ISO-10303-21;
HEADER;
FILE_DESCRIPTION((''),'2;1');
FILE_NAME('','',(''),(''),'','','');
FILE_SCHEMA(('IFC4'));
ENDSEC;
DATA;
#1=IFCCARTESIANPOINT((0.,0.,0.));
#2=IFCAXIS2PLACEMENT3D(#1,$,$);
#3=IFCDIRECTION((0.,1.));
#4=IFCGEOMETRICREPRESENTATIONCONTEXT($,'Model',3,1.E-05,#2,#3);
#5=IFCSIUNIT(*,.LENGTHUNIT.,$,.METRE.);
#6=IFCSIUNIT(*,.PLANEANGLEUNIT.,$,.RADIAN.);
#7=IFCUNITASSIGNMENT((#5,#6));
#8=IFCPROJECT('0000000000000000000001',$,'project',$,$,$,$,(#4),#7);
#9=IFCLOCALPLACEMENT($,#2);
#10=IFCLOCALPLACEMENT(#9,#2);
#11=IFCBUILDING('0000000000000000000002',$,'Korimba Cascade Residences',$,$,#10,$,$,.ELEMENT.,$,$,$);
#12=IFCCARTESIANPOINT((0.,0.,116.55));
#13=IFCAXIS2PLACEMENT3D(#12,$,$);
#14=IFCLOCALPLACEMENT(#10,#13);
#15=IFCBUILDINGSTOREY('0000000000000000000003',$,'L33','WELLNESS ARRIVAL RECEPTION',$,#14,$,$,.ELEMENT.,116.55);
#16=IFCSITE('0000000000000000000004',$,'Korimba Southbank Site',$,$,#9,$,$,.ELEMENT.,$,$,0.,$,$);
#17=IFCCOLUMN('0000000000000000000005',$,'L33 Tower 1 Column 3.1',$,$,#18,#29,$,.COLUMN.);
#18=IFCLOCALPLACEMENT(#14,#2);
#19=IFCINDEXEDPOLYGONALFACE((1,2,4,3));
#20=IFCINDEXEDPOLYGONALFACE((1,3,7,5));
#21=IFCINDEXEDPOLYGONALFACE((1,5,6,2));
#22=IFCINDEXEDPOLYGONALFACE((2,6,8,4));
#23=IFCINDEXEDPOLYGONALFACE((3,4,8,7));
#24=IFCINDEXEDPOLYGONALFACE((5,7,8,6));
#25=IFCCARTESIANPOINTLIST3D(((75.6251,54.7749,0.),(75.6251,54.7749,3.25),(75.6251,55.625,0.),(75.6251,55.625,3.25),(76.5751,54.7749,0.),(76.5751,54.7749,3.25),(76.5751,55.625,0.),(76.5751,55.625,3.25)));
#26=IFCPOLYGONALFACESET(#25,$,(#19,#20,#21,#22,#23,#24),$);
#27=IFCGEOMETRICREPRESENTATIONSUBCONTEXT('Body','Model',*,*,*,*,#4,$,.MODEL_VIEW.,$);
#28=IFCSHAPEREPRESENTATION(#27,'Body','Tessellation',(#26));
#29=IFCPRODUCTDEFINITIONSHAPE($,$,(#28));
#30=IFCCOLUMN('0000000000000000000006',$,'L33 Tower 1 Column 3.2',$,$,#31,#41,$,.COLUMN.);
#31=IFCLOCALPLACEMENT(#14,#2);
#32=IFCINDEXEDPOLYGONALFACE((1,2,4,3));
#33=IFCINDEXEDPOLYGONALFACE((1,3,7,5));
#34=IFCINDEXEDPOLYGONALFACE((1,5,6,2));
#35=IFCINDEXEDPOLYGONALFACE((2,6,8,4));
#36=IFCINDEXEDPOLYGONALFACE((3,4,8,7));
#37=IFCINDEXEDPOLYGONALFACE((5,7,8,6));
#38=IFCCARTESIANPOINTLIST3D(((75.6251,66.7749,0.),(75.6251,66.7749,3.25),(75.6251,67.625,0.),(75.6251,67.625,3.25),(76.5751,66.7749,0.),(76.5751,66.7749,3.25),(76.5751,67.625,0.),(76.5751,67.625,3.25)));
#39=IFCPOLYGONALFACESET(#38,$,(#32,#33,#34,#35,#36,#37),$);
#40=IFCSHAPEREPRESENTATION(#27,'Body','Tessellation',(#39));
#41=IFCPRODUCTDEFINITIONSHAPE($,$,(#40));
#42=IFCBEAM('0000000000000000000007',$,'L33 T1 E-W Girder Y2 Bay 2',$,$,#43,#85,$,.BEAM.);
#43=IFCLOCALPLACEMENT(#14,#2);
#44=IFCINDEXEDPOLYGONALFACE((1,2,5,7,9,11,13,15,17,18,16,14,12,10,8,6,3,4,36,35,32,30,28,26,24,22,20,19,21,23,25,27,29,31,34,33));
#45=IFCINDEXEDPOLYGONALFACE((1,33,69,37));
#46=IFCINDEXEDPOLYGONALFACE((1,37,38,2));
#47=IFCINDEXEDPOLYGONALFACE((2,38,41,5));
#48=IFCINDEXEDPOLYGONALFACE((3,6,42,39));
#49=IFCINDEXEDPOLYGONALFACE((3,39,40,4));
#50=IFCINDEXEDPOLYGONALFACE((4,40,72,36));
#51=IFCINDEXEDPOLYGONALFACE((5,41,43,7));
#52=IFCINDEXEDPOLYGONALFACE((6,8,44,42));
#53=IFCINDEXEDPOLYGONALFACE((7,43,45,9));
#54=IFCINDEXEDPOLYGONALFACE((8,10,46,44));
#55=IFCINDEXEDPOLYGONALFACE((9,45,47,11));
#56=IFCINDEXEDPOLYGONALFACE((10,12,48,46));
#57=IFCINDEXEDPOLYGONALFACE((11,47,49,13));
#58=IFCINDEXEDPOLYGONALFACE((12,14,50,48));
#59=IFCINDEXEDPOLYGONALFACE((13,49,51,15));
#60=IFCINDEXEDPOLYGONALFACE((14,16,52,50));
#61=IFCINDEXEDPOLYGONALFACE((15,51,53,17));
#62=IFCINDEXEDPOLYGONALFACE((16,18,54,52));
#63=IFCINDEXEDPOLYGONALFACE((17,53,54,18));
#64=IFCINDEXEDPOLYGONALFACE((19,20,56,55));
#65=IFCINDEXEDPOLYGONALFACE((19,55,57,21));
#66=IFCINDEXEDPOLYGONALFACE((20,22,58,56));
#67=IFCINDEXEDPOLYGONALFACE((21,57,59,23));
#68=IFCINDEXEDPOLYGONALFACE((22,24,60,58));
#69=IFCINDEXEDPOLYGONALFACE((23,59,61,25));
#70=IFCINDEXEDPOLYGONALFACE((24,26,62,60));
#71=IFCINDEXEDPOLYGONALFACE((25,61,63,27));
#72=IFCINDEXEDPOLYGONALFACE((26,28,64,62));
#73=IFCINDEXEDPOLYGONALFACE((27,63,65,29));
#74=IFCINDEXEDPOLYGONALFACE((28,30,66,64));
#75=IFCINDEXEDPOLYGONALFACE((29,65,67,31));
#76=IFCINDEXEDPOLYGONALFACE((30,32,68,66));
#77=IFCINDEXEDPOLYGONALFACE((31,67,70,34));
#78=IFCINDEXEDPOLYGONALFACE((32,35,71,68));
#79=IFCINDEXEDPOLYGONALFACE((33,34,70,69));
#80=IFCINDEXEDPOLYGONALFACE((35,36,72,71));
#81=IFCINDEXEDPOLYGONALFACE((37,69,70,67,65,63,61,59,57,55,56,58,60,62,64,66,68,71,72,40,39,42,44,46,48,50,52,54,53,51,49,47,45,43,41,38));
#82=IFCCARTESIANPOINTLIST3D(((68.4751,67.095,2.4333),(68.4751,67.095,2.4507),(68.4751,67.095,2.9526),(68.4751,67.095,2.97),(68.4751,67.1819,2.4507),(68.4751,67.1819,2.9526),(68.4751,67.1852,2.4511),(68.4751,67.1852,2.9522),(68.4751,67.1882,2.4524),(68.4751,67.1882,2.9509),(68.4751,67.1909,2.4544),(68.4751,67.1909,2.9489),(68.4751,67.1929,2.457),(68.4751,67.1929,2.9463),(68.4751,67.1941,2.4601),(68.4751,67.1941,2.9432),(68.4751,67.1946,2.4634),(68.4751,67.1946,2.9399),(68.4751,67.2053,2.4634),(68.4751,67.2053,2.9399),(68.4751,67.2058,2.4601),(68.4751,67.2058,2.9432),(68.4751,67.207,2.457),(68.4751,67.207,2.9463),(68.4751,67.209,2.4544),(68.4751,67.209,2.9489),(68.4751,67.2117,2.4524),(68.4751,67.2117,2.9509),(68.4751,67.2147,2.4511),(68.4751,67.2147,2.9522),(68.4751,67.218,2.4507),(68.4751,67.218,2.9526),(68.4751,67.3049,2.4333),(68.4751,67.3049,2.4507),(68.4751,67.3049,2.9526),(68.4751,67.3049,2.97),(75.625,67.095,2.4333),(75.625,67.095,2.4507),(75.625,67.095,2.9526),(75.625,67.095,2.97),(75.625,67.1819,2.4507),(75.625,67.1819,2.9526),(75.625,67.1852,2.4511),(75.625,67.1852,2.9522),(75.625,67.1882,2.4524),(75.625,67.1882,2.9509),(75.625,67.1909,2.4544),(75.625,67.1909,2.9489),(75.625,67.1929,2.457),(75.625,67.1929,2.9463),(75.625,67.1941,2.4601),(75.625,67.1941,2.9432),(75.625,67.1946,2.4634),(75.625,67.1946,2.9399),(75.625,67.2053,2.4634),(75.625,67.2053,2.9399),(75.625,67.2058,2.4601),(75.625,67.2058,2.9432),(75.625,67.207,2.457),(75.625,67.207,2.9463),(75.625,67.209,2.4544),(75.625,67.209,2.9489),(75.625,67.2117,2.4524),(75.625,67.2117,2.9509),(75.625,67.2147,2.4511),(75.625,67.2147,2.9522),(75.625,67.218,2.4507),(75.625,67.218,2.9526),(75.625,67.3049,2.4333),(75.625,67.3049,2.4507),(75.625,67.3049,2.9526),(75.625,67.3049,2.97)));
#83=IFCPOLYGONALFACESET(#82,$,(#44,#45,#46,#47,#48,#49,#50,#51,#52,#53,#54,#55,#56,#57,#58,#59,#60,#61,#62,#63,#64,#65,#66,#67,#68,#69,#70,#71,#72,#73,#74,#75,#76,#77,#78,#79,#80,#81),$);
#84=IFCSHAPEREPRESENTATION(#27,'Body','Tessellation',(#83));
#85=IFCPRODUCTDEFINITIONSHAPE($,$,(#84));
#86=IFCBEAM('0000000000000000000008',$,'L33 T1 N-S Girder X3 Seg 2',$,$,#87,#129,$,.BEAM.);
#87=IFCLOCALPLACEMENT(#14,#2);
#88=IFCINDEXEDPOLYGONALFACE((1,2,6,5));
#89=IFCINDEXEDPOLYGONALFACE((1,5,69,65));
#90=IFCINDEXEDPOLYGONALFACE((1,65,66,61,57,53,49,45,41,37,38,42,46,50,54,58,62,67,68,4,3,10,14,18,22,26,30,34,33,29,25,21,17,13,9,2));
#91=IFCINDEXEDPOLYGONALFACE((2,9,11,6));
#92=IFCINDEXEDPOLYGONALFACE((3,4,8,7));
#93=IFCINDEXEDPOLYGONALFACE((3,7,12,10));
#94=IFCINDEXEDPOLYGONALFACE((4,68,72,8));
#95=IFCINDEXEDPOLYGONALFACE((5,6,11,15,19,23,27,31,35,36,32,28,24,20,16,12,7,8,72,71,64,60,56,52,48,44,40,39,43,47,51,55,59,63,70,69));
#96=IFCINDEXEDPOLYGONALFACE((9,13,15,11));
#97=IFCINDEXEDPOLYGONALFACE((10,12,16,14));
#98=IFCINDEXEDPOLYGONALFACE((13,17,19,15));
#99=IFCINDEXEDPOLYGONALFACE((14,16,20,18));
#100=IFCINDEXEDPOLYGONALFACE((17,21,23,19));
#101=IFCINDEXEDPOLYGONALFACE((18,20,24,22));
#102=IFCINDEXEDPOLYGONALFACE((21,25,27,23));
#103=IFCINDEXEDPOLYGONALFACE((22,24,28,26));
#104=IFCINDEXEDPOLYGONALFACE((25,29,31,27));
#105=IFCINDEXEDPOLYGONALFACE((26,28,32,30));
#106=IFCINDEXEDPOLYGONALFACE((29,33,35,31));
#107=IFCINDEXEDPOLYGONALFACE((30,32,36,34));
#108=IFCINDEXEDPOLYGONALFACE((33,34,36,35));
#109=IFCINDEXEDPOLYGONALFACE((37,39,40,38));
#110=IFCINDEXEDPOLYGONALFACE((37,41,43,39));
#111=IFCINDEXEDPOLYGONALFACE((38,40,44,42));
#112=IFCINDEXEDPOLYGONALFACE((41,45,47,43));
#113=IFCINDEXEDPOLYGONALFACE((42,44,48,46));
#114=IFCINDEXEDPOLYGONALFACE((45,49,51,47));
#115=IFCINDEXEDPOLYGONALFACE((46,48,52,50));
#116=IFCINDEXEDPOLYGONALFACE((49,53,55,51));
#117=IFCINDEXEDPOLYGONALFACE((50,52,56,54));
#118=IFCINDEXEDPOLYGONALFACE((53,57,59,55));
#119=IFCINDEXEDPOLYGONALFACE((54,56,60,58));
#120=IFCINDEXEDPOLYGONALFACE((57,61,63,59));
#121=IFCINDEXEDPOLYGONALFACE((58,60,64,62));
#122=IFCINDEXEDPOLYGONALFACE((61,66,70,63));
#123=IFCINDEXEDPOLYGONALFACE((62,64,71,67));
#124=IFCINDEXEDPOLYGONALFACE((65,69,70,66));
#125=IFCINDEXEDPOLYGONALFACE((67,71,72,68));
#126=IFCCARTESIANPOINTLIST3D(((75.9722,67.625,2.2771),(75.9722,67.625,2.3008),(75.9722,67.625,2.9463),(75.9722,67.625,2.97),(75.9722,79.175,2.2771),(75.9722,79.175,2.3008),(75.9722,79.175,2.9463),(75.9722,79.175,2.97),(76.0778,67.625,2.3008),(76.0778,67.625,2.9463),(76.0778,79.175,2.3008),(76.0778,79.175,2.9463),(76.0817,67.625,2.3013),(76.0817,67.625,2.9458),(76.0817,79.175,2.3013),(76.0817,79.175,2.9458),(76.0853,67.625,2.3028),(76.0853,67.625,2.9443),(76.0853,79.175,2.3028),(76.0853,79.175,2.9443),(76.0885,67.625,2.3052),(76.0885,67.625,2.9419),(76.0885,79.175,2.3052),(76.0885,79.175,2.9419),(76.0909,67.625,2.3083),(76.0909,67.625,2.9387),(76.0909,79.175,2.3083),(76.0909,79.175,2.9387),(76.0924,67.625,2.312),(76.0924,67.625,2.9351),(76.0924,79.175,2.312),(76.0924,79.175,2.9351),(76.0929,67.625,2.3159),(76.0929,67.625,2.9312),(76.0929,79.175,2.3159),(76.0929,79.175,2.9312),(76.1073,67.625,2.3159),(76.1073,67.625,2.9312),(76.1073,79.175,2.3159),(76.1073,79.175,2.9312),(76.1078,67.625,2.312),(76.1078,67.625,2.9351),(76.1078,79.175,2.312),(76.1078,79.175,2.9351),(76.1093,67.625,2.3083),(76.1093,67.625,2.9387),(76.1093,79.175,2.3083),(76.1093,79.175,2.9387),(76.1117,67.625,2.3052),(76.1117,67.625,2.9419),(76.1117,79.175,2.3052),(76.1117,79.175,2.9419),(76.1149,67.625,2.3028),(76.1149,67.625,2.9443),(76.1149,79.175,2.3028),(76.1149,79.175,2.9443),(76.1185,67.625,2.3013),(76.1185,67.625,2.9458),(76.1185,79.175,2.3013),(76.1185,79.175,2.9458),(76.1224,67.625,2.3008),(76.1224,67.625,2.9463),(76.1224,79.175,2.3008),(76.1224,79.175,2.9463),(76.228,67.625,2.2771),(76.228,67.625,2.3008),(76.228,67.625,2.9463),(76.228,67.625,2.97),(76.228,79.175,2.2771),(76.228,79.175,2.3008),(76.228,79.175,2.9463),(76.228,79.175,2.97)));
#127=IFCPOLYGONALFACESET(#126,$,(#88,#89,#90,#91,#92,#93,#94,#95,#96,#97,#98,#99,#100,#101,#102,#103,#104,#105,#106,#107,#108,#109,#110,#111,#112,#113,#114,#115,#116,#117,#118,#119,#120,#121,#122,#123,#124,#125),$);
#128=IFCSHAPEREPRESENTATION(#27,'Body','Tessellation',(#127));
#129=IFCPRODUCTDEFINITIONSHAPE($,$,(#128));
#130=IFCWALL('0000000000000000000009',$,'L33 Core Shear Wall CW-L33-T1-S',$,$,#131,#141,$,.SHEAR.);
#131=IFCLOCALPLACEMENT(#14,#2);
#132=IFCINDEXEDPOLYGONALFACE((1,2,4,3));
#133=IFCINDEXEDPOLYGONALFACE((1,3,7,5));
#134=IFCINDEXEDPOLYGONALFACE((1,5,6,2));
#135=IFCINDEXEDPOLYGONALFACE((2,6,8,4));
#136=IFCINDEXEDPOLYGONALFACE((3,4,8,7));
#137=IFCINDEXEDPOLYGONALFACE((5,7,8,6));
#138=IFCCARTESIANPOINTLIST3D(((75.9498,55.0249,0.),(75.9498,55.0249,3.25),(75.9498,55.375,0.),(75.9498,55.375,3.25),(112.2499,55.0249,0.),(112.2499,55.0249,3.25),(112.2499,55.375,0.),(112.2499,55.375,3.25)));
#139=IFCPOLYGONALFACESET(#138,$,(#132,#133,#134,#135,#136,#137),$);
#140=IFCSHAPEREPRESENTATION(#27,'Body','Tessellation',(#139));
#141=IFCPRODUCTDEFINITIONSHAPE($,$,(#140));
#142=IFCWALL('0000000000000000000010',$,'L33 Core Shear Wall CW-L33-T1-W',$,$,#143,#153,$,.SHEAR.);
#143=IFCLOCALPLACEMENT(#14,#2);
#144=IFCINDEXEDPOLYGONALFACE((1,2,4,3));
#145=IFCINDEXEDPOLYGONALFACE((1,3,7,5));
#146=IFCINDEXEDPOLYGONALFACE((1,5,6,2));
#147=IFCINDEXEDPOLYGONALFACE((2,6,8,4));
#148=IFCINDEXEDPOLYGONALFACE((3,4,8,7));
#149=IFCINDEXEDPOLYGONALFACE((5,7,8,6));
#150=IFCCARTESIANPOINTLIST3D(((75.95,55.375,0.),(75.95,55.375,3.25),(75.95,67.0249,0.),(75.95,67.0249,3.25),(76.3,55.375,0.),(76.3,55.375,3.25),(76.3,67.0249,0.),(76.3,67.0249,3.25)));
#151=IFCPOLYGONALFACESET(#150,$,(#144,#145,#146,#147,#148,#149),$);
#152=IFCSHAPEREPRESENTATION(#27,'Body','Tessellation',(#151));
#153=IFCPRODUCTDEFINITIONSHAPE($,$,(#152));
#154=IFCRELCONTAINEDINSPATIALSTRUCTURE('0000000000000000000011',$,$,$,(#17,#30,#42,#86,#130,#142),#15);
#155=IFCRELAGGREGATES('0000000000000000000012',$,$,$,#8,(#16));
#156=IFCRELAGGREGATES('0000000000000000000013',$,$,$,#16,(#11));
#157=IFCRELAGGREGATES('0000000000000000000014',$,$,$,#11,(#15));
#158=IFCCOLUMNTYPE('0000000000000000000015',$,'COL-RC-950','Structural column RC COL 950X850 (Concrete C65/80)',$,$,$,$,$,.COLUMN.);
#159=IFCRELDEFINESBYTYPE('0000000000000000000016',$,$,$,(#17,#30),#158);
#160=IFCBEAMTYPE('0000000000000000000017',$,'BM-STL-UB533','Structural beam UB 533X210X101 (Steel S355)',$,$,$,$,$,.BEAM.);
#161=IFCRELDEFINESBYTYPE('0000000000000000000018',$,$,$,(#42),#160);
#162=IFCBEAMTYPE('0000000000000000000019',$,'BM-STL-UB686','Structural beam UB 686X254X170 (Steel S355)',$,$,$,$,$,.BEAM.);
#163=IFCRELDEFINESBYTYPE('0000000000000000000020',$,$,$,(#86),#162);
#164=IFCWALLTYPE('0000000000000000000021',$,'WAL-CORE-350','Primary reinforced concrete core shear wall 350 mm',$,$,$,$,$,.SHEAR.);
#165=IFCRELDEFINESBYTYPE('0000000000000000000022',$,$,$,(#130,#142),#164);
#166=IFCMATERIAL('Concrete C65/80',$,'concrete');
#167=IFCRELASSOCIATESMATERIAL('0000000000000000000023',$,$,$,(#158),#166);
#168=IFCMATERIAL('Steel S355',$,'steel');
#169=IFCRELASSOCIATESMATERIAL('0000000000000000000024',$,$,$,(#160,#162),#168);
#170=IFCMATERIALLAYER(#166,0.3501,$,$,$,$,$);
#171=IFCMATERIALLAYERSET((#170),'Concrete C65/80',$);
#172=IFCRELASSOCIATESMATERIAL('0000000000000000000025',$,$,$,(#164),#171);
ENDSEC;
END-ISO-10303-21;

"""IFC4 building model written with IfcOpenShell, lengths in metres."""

from ifc_helpers import new_model, si_unit, direction, frame, frame_2d, origin, origin_2d, place, context, subcontext, project, spatial, rectangle, i_section, extrude, material, layer, layer_set, material_profile, profile_set, type_object, element, save


model = new_model("IFC4")

# Units and contexts
model_context = context("Model", 3, precision=1e-05, world=origin(), true_north=direction((0.0, 1.0)))
body_context = subcontext(model_context, "Body", "Model", "MODEL_VIEW")
ifc_project = project(units=[si_unit("LENGTHUNIT", "METRE"), si_unit("PLANEANGLEUNIT", "RADIAN")], contexts=[model_context])

# Site, building, storey
site_placement = place(None, origin())
site = spatial("IfcSite", under=ifc_project, at=site_placement, Name="Korimba Southbank Site", CompositionType="ELEMENT", RefElevation=0.0)
building_placement = place(site_placement, origin())
building = spatial("IfcBuilding", under=site, at=building_placement, Name="Korimba Cascade Residences", CompositionType="ELEMENT")
storey_placement = place(building_placement, frame((0.0, 0.0, 116.55)))
storey = spatial("IfcBuildingStorey", under=building, at=storey_placement, Name="L33", Description="WELLNESS ARRIVAL RECEPTION", CompositionType="ELEMENT", Elevation=116.55)

# Columns
ifc_material_1 = material(Name="Concrete C65/80", Category="concrete")
ifc_material_profile_1 = material_profile(ifc_material_1, rectangle(XDim=0.95, YDim=0.8501, at=origin_2d()), Name="Concrete C65/80")
ifc_profile_set_1 = profile_set([ifc_material_profile_1], Name="Concrete C65/80")
column_type = type_object("IfcColumnType", Name="COL-RC-950", Description="Structural column RC COL 950X850 (Concrete C65/80)", PredefinedType="COLUMN", material=ifc_profile_set_1)
for number, where, z_axis, x_axis, name in (
    (1, (76.1001, 55.2, 0.0), (0.0, 0.0, 1.0), (1.0, 0.0, 0.0), "L33 Tower 1 Column 3.1"),
    (2, (76.1001, 67.2, 0.0), (0.0, 0.0, 1.0), (1.0, 0.0, 0.0), "L33 Tower 1 Column 3.2"),
):
    element("IfcColumn", number, at=place(storey_placement, frame(where, z_axis=z_axis, x_axis=x_axis)), inside=storey, type_object=column_type, Name=name, PredefinedType="COLUMN", context=body_context, shape_type="SweptSolid", body=[
        extrude(rectangle(XDim=0.95, YDim=0.8501, at=origin_2d()), origin(), (0.0, 0.0, 1.0), 3.25),
    ])

# Beams
ifc_material_2 = material(Name="Steel S355", Category="steel")
ifc_material_profile_2 = material_profile(ifc_material_2, i_section(OverallWidth=0.21, OverallDepth=0.5366, WebThickness=0.0107, FlangeThickness=0.0173, FilletRadius=0.0127, at=origin_2d()), Name="Steel S355")
ifc_profile_set_2 = profile_set([ifc_material_profile_2], Name="Steel S355")
beam_type_1 = type_object("IfcBeamType", Name="BM-STL-UB533", Description="Structural beam UB 533X210X101 (Steel S355)", PredefinedType="BEAM", material=ifc_profile_set_2)
beam_1_placement = place(storey_placement, frame((68.4751, 67.2, 2.7017), z_axis=(1.0, 0.0, 0.0), x_axis=(0.0, 1.0, 0.0)))
element("IfcBeam", 3, at=beam_1_placement, inside=storey, type_object=beam_type_1, Name="L33 T1 E-W Girder Y2 Bay 2", PredefinedType="BEAM", context=body_context, shape_type="SweptSolid", body=[
    extrude(i_section(OverallWidth=0.21, OverallDepth=0.5366, WebThickness=0.0107, FlangeThickness=0.0173, FilletRadius=0.0127, at=origin_2d()), origin(), (0.0, 0.0, 1.0), 7.1499),
])
ifc_material_profile_3 = material_profile(ifc_material_2, i_section(OverallWidth=0.2559, OverallDepth=0.6929, WebThickness=0.0144, FlangeThickness=0.0237, FilletRadius=0.0151, at=origin_2d()), Name="Steel S355")
ifc_profile_set_3 = profile_set([ifc_material_profile_3], Name="Steel S355")
beam_type_2 = type_object("IfcBeamType", Name="BM-STL-UB686", Description="Structural beam UB 686X254X170 (Steel S355)", PredefinedType="BEAM", material=ifc_profile_set_3)
beam_2_placement = place(storey_placement, frame((76.1001, 67.625, 2.6235), z_axis=(0.0, 1.0, 0.0), x_axis=(-1.0, 0.0, 0.0)))
element("IfcBeam", 4, at=beam_2_placement, inside=storey, type_object=beam_type_2, Name="L33 T1 N-S Girder X3 Seg 2", PredefinedType="BEAM", context=body_context, shape_type="SweptSolid", body=[
    extrude(i_section(OverallWidth=0.2559, OverallDepth=0.6929, WebThickness=0.0144, FlangeThickness=0.0237, FilletRadius=0.0151, at=origin_2d()), origin(), (0.0, 0.0, 1.0), 11.55),
])

# Walls
ifc_layer_1 = layer(ifc_material_1, 0.3501)
ifc_layer_set_1 = layer_set([ifc_layer_1], Name="Concrete C65/80")
wall_type_1 = type_object("IfcWallType", Name="WAL-CORE-350", Description="Primary reinforced concrete core shear wall 350 mm", PredefinedType="SHEAR", material=ifc_layer_set_1)
wall_1_placement = place(storey_placement, frame((75.95, 55.2, 0.0), z_axis=(0.0, 0.0, 1.0), x_axis=(1.0, 0.0, 0.0)))
element("IfcWall", 5, at=wall_1_placement, inside=storey, type_object=wall_type_1, Name="L33 Core Shear Wall CW-L33-T1-S", PredefinedType="SHEAR", context=body_context, shape_type="SweptSolid", body=[
    extrude(rectangle(XDim=36.3, YDim=0.3501, at=frame_2d((18.1499, 0.0))), origin(), (0.0, 0.0, 1.0), 3.25),
])
wall_2_placement = place(storey_placement, frame((76.125, 55.375, 0.0), z_axis=(0.0, 0.0, 1.0), x_axis=(0.0, 1.0, 0.0)))
element("IfcWall", 6, at=wall_2_placement, inside=storey, type_object=wall_type_1, Name="L33 Core Shear Wall CW-L33-T1-W", PredefinedType="SHEAR", context=body_context, shape_type="SweptSolid", body=[
    extrude(rectangle(XDim=11.6499, YDim=0.3501, at=frame_2d((5.825, 0.0))), origin(), (0.0, 0.0, 1.0), 3.25),
])

save(model, "model.ifc")
